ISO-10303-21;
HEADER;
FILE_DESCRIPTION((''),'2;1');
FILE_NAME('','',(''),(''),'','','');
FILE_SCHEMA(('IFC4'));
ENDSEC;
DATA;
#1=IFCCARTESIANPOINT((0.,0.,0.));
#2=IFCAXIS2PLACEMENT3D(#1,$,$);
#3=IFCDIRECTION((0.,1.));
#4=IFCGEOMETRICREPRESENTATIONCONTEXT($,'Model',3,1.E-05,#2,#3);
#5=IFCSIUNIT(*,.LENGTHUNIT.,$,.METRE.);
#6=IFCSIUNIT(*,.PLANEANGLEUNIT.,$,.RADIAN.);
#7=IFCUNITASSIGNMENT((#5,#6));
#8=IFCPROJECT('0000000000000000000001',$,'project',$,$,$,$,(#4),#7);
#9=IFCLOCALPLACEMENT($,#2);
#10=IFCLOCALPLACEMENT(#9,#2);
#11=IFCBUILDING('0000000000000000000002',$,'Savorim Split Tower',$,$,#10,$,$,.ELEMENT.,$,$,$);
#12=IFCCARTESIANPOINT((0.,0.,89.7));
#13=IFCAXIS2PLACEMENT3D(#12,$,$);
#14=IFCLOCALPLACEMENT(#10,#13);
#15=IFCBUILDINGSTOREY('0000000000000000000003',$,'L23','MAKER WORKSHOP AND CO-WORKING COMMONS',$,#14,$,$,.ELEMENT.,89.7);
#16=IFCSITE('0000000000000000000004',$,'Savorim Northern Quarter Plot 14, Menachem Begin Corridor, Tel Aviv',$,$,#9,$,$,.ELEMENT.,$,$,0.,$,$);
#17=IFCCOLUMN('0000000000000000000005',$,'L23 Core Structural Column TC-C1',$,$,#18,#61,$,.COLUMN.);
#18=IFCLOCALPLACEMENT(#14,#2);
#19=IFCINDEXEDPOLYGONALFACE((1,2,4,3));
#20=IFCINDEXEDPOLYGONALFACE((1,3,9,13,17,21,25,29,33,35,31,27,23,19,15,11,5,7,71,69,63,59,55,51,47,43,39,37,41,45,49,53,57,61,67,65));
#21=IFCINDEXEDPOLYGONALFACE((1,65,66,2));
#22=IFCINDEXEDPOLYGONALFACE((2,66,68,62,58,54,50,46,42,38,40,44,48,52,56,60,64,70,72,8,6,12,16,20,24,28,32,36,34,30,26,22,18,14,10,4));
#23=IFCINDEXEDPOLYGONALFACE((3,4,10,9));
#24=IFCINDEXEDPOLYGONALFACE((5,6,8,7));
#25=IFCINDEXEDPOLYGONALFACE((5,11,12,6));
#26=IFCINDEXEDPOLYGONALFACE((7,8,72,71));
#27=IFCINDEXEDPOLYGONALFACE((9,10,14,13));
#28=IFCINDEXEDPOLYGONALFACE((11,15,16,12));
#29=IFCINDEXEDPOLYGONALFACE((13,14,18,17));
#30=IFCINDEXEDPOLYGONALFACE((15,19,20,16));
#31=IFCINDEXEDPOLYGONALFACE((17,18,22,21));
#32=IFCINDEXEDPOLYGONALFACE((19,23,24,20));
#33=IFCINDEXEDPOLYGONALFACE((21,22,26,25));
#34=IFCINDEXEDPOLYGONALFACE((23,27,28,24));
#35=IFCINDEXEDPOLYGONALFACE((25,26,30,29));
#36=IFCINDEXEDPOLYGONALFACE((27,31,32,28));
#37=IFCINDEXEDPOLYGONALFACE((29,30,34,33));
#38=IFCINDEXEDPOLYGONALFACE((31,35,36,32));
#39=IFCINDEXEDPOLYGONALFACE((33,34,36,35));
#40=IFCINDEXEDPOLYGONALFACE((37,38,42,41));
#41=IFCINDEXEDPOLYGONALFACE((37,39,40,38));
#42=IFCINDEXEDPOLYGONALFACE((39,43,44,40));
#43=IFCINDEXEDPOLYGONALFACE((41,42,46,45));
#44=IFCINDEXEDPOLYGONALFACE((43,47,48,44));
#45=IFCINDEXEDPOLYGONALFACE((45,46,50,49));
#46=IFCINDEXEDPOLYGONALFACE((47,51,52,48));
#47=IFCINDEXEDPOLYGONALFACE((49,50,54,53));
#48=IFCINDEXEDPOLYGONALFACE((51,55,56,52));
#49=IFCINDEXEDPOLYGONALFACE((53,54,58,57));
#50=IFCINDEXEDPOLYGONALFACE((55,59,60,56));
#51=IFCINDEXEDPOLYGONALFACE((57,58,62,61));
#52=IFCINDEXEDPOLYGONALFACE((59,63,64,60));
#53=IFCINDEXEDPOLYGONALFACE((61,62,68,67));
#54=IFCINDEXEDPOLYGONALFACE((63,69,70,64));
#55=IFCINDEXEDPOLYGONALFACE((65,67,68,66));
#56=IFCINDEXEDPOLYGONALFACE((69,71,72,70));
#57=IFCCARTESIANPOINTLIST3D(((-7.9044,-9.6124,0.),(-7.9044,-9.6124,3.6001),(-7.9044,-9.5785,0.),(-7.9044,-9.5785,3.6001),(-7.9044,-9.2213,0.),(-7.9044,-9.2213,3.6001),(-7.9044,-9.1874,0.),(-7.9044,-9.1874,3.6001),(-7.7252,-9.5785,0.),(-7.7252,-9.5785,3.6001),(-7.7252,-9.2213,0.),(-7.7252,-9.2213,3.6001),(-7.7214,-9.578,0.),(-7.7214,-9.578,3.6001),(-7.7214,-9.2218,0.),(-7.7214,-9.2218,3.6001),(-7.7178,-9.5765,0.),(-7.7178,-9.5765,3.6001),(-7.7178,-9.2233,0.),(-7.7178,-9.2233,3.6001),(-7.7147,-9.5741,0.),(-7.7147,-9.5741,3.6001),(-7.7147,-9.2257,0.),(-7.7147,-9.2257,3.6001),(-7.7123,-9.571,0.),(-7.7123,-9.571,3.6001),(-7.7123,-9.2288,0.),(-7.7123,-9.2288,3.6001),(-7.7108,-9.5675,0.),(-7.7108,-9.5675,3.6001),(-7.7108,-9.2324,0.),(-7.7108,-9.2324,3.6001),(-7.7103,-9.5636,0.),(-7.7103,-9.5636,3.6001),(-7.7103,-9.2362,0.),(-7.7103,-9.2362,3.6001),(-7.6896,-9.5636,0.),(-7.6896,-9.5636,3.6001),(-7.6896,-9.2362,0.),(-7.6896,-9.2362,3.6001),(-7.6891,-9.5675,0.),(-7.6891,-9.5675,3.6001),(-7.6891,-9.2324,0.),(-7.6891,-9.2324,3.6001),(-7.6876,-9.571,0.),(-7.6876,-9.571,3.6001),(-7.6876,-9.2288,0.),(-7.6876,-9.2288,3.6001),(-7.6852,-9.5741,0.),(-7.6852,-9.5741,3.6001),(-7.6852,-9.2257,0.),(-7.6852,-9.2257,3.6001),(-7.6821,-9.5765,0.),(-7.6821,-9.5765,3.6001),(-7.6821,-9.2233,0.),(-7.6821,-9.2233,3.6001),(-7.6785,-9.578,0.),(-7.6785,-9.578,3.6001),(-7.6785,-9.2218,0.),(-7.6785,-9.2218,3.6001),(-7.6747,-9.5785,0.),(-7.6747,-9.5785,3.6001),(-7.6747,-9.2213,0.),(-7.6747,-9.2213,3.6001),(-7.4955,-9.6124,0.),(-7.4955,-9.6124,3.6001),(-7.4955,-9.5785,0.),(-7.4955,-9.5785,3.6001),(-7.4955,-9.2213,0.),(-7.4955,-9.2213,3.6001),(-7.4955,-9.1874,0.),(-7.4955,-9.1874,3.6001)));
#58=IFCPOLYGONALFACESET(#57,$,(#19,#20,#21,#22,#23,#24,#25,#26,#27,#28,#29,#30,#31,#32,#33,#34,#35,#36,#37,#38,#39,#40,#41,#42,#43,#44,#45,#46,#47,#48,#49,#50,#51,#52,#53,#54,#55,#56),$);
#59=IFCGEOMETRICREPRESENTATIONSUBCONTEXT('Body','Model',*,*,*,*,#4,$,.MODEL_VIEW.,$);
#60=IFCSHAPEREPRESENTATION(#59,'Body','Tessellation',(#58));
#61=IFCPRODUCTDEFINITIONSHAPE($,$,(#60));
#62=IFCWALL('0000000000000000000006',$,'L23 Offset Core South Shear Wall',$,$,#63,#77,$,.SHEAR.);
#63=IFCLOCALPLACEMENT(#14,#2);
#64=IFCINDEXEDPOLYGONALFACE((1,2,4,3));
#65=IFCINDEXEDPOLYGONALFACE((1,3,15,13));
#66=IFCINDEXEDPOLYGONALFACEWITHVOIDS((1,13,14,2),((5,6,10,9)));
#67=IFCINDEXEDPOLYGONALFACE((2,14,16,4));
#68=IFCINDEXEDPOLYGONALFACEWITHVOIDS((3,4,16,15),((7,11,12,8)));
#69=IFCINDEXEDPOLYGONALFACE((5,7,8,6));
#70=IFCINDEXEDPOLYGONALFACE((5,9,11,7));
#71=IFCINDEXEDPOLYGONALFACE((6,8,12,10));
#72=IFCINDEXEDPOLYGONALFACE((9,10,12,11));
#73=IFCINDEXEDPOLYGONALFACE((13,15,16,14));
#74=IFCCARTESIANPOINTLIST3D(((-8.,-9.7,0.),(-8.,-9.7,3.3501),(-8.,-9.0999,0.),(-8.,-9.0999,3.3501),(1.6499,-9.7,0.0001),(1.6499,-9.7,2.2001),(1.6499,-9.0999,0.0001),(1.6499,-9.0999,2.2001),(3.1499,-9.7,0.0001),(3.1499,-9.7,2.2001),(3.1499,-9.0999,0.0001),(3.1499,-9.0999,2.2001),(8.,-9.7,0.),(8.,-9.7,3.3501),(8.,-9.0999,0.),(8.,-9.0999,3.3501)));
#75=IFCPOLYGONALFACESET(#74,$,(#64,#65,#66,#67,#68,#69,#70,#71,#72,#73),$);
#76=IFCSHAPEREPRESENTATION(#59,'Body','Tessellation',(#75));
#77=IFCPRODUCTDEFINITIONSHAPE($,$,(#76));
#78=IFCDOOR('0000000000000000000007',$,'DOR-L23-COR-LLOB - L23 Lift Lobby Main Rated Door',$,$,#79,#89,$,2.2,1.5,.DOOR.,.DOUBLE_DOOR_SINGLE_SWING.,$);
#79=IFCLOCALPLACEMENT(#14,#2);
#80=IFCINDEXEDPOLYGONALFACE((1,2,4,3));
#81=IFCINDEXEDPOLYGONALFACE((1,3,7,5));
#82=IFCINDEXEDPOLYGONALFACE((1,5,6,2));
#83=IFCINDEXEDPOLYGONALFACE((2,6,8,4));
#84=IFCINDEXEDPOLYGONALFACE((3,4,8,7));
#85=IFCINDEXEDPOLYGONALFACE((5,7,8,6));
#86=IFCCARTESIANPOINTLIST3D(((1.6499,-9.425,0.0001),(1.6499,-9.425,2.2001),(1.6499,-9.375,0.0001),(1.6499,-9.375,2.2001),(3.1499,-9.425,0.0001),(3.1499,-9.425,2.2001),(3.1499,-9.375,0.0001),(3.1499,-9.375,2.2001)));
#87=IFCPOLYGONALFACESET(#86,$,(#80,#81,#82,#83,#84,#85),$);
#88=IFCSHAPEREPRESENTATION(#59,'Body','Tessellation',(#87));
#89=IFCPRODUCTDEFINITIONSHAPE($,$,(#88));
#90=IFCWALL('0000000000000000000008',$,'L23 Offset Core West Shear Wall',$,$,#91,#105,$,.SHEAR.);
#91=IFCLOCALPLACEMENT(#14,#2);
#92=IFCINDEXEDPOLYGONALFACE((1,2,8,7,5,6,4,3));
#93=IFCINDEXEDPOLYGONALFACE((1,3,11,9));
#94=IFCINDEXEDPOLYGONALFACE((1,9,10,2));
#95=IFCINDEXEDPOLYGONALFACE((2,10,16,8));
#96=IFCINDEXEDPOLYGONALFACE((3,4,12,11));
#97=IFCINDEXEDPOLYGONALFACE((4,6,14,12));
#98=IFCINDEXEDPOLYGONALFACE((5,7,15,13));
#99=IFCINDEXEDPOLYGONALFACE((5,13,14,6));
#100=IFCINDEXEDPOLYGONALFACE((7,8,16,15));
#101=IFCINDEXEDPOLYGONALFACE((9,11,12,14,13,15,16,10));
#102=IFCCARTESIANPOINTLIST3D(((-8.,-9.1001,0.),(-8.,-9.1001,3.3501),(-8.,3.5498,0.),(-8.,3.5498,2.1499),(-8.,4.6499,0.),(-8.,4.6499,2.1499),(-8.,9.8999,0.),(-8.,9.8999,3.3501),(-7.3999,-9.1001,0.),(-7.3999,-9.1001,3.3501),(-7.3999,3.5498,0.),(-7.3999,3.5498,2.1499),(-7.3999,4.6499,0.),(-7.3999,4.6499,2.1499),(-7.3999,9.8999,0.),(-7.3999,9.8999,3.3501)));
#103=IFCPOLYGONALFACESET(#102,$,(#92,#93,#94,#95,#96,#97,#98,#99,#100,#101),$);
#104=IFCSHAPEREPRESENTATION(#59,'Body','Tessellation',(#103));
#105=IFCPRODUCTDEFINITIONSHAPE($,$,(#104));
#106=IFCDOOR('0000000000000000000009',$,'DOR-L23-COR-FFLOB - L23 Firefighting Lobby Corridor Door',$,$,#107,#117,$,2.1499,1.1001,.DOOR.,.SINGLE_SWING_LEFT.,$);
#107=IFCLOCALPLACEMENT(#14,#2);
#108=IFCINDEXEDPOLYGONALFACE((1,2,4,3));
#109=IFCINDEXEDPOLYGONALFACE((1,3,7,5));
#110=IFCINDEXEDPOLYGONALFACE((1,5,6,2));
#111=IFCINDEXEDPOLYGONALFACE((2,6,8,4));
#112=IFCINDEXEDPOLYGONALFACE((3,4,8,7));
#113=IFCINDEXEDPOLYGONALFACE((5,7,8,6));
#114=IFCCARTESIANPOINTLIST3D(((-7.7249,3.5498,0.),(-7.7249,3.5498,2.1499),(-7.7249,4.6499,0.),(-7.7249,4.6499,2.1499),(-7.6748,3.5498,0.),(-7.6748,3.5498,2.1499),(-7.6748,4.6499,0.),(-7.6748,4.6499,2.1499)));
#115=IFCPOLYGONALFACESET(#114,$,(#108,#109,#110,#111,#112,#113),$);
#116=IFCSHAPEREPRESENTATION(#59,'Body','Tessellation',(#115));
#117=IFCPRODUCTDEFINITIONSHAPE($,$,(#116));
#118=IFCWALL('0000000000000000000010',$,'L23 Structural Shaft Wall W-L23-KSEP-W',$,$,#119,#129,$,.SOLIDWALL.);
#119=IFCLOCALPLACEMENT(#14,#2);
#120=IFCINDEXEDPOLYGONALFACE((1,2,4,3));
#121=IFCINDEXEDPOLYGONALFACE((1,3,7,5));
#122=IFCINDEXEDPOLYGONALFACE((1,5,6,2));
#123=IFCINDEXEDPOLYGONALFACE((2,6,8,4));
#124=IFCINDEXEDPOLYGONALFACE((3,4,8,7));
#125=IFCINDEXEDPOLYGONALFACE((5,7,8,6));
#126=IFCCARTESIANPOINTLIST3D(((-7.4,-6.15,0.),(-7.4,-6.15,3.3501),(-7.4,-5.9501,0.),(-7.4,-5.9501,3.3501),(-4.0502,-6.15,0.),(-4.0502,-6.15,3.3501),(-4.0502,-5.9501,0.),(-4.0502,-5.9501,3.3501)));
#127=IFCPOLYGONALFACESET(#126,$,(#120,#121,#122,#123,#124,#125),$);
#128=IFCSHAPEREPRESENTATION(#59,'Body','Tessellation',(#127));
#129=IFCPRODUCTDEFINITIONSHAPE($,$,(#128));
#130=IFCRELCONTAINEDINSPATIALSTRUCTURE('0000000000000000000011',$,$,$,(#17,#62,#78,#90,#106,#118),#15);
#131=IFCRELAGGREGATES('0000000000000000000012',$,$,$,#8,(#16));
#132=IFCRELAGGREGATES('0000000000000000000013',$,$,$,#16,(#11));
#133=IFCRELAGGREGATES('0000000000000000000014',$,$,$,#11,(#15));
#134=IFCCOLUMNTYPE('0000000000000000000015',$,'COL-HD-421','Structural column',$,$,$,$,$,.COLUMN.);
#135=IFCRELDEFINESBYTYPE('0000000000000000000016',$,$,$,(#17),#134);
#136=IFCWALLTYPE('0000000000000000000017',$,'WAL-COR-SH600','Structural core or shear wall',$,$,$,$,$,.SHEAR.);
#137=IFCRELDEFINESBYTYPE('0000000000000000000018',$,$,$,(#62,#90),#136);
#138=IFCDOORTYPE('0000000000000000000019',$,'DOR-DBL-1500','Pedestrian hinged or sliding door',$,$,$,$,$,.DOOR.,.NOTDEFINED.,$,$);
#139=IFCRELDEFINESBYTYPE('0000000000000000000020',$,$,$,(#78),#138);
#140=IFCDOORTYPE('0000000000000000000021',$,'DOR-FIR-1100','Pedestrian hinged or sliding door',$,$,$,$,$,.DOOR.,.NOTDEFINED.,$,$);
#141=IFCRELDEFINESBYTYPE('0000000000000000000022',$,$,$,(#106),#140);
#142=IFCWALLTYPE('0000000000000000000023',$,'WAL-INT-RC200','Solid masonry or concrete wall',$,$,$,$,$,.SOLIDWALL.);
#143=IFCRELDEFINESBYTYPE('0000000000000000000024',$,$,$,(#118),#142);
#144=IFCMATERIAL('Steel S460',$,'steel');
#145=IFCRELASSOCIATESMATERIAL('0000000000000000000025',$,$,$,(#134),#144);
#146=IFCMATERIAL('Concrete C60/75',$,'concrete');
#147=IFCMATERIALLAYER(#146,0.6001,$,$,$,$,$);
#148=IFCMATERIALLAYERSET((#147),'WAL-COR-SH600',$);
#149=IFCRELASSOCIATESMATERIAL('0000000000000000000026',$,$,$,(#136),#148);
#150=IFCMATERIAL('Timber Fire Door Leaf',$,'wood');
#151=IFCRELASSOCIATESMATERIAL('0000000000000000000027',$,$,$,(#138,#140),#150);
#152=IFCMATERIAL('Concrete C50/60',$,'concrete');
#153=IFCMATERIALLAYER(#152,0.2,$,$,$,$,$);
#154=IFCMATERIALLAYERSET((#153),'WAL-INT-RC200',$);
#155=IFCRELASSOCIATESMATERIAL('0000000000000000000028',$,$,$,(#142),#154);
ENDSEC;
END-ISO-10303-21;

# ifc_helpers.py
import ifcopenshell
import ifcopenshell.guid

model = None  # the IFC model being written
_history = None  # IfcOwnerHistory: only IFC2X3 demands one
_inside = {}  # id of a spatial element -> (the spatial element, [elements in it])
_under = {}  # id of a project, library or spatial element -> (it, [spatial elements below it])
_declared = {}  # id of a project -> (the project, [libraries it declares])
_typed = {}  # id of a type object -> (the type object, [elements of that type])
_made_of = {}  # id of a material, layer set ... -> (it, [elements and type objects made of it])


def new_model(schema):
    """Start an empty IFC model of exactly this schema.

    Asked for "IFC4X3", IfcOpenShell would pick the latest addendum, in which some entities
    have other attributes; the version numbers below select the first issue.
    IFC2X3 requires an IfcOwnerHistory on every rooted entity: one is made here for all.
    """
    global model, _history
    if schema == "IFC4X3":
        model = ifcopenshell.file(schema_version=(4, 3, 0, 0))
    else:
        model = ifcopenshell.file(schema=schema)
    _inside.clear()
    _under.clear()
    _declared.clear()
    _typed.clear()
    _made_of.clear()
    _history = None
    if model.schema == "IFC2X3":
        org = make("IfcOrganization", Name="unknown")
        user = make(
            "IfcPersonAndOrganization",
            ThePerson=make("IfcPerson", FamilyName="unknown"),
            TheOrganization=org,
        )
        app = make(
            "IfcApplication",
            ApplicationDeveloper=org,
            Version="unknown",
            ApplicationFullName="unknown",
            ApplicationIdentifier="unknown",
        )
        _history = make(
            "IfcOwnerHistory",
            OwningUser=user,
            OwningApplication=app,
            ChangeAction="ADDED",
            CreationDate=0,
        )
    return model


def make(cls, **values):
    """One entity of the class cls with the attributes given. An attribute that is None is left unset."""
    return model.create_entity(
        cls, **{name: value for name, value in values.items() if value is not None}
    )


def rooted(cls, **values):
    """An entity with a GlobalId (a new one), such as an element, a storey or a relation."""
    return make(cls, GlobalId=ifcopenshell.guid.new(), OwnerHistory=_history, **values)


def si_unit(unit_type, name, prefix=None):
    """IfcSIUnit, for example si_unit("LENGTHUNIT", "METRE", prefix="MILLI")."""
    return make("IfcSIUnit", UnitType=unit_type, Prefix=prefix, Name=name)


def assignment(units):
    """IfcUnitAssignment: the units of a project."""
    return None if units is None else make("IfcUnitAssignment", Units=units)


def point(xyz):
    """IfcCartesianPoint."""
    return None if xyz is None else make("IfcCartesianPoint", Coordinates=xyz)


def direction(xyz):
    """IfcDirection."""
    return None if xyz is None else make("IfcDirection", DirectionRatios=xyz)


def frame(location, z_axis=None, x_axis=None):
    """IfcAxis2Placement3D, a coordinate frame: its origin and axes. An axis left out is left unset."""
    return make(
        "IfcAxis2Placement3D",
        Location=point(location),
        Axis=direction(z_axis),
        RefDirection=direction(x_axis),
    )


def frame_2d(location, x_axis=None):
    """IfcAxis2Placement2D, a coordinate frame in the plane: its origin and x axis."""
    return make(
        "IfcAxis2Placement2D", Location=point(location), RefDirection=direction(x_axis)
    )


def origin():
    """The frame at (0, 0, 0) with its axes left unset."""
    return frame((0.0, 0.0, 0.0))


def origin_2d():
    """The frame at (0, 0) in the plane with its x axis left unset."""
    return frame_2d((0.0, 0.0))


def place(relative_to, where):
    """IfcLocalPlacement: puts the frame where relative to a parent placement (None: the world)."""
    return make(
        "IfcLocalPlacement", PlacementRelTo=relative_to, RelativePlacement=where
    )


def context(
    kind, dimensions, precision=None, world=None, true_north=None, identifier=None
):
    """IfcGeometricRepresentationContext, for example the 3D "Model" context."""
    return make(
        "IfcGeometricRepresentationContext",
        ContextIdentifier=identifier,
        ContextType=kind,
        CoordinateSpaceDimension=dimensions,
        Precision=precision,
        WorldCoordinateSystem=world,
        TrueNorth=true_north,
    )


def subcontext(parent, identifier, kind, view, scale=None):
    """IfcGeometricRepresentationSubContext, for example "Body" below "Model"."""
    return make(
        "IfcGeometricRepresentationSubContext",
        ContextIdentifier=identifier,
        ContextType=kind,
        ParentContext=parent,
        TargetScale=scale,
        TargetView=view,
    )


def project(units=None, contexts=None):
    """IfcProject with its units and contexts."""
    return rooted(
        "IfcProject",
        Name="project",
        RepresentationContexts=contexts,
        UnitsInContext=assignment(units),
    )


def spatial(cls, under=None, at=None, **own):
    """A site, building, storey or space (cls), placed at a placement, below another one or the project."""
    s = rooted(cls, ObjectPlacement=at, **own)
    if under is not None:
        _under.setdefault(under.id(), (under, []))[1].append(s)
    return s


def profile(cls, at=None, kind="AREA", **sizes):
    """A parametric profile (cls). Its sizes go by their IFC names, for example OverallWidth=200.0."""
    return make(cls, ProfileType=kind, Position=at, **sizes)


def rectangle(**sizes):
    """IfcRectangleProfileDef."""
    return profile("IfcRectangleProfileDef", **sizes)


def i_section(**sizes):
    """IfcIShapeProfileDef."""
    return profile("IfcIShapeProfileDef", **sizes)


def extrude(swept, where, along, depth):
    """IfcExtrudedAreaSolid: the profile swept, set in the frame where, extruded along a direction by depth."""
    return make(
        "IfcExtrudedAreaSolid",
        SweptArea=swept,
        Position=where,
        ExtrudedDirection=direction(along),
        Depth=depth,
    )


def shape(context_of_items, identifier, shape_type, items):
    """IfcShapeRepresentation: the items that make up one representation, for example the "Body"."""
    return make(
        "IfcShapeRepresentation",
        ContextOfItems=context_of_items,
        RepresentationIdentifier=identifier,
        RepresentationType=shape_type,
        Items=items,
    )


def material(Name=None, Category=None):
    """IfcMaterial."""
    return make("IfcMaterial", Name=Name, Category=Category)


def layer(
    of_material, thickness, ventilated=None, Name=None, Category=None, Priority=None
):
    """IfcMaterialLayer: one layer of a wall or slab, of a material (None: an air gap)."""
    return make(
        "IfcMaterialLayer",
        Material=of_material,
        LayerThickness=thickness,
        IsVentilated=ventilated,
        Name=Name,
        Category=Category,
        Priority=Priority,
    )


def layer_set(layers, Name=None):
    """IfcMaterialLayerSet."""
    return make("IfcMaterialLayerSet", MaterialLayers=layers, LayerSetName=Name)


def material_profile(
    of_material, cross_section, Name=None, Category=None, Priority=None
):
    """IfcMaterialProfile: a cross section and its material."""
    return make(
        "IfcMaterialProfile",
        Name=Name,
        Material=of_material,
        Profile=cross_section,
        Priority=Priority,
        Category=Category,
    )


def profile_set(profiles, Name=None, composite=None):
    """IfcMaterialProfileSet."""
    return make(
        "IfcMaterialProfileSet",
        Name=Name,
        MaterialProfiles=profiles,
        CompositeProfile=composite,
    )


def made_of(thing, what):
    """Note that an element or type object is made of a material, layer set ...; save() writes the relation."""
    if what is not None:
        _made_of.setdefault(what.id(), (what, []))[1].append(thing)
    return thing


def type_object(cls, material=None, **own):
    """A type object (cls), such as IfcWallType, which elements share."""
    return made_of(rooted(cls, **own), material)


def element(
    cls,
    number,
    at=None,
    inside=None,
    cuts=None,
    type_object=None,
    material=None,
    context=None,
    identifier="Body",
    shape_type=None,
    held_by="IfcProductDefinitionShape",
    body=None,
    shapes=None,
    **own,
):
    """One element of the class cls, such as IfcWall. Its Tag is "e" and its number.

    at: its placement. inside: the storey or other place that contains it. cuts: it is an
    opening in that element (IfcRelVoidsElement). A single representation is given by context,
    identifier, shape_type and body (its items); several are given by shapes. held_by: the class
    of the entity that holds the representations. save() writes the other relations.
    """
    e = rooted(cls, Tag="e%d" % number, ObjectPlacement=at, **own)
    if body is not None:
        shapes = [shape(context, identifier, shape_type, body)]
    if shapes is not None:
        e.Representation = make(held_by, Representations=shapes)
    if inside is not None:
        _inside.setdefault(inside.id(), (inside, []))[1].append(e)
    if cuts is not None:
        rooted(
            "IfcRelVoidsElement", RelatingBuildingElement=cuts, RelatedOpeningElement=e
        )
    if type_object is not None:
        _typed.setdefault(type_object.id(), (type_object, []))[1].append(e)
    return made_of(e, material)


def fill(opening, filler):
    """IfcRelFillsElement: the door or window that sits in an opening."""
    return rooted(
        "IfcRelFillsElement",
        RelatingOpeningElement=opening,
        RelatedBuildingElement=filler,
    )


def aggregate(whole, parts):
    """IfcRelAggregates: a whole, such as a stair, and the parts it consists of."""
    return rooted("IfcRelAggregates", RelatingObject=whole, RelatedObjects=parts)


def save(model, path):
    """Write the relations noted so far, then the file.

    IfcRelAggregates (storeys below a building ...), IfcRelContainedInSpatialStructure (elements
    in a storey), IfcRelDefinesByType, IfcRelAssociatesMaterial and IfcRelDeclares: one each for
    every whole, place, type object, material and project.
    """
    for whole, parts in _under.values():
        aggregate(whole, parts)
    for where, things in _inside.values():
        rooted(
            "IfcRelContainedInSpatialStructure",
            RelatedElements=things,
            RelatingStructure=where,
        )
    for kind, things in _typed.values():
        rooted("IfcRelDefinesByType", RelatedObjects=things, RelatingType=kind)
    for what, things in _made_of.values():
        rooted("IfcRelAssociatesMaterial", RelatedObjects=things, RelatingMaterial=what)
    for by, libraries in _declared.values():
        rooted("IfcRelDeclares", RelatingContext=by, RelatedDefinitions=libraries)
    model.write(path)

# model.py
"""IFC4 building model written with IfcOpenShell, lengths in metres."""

from ifc_helpers import new_model, si_unit, direction, frame, frame_2d, origin, origin_2d, place, context, subcontext, project, spatial, rectangle, i_section, extrude, material, layer, layer_set, material_profile, profile_set, type_object, element, fill, save


model = new_model("IFC4")

# Units and contexts
model_context = context("Model", 3, precision=1e-05, world=origin(), true_north=direction((0.0, 1.0)))
body_context = subcontext(model_context, "Body", "Model", "MODEL_VIEW")
ifc_project = project(units=[si_unit("LENGTHUNIT", "METRE"), si_unit("PLANEANGLEUNIT", "RADIAN")], contexts=[model_context])

# Site, building, storey
site_placement = place(None, origin())
site = spatial("IfcSite", under=ifc_project, at=site_placement, Name="Savorim Northern Quarter Plot 14, Menachem Begin Corridor, Tel Aviv", CompositionType="ELEMENT", RefElevation=0.0)
building_placement = place(site_placement, origin())
building = spatial("IfcBuilding", under=site, at=building_placement, Name="Savorim Split Tower", CompositionType="ELEMENT")
storey_placement = place(building_placement, frame((0.0, 0.0, 89.7)))
storey = spatial("IfcBuildingStorey", under=building, at=storey_placement, Name="L23", Description="MAKER WORKSHOP AND CO-WORKING COMMONS", CompositionType="ELEMENT", Elevation=89.7)

# Column
ifc_material_1 = material(Name="Steel S460", Category="steel")
ifc_material_profile = material_profile(ifc_material_1, i_section(OverallWidth=0.4089, OverallDepth=0.425, WebThickness=0.0208, FlangeThickness=0.0339, FilletRadius=0.0149, at=origin_2d()), Name="HD 400x421")
ifc_profile_set = profile_set([ifc_material_profile], Name="Steel S460")
column_type = type_object("IfcColumnType", Name="COL-HD-421", Description="Structural column", PredefinedType="COLUMN", material=ifc_profile_set)
column_placement = place(storey_placement, frame((-7.7, -9.3999, 0.0), z_axis=(0.0, 0.0, 1.0), x_axis=(1.0, 0.0, 0.0)))
element("IfcColumn", 1, at=column_placement, inside=storey, type_object=column_type, Name="L23 Core Structural Column TC-C1", PredefinedType="COLUMN", context=body_context, shape_type="SweptSolid", body=[
    extrude(i_section(OverallWidth=0.4089, OverallDepth=0.425, WebThickness=0.0208, FlangeThickness=0.0339, FilletRadius=0.0149, at=origin_2d()), origin(), (0.0, 0.0, 1.0), 3.6001),
])

# Walls, openings, doors
ifc_material_2 = material(Name="Concrete C60/75", Category="concrete")
ifc_layer_1 = layer(ifc_material_2, 0.6001)
ifc_layer_set_1 = layer_set([ifc_layer_1], Name="WAL-COR-SH600")
wall_type_1 = type_object("IfcWallType", Name="WAL-COR-SH600", Description="Structural core or shear wall", PredefinedType="SHEAR", material=ifc_layer_set_1)
wall_1_placement = place(storey_placement, frame((-8.0, -9.3999, 0.0), z_axis=(0.0, 0.0, 1.0), x_axis=(1.0, 0.0, 0.0)))
wall_1 = element("IfcWall", 2, at=wall_1_placement, inside=storey, type_object=wall_type_1, Name="L23 Offset Core South Shear Wall", PredefinedType="SHEAR", context=body_context, shape_type="SweptSolid", body=[
    extrude(rectangle(XDim=16.0, YDim=0.6001, at=frame_2d((8.0, 0.0))), origin(), (0.0, 0.0, 1.0), 3.3501),
])
opening_1_placement = place(wall_1_placement, frame((9.6499, 0.0, 0.0)))
opening_1 = element("IfcOpeningElement", 3, at=opening_1_placement, cuts=wall_1, PredefinedType="OPENING", context=body_context, shape_type="SweptSolid", body=[
    extrude(rectangle(XDim=1.5, YDim=2.2, at=frame_2d((0.75, 1.1001))), frame((0.0, 0.3101, 0.0), z_axis=(0.0, -1.0, 0.0), x_axis=(1.0, 0.0, 0.0)), (0.0, 0.0, 1.0), 0.6201),
])
ifc_material_3 = material(Name="Timber Fire Door Leaf", Category="wood")
door_type_1 = type_object("IfcDoorType", Name="DOR-DBL-1500", Description="Pedestrian hinged or sliding door", OperationType="NOTDEFINED", PredefinedType="DOOR", material=ifc_material_3)
door_1_placement = place(opening_1_placement, origin())
door_1 = element("IfcDoor", 4, at=door_1_placement, inside=storey, type_object=door_type_1, Name="DOR-L23-COR-LLOB - L23 Lift Lobby Main Rated Door", OperationType="DOUBLE_DOOR_SINGLE_SWING", OverallHeight=2.2, OverallWidth=1.5, PredefinedType="DOOR", context=body_context, shape_type="SweptSolid", body=[
    extrude(rectangle(XDim=1.5, YDim=2.2, at=frame_2d((0.75, 1.1001))), frame((0.0, 0.0249, 0.0), z_axis=(0.0, -1.0, 0.0), x_axis=(1.0, 0.0, 0.0)), (0.0, 0.0, 1.0), 0.05),
])
fill(opening_1, door_1)
wall_2_placement = place(storey_placement, frame((-7.7, -9.1001, 0.0), z_axis=(0.0, 0.0, 1.0), x_axis=(0.0, 1.0, 0.0)))
wall_2 = element("IfcWall", 5, at=wall_2_placement, inside=storey, type_object=wall_type_1, Name="L23 Offset Core West Shear Wall", PredefinedType="SHEAR", context=body_context, shape_type="SweptSolid", body=[
    extrude(rectangle(XDim=19.0, YDim=0.6001, at=frame_2d((9.5, 0.0))), origin(), (0.0, 0.0, 1.0), 3.3501),
])
opening_2_placement = place(wall_2_placement, frame((12.6499, 0.0, 0.0)))
opening_2 = element("IfcOpeningElement", 6, at=opening_2_placement, cuts=wall_2, PredefinedType="OPENING", context=body_context, shape_type="SweptSolid", body=[
    extrude(rectangle(XDim=1.1001, YDim=2.1499, at=frame_2d((0.55, 1.075))), frame((0.0, 0.3101, 0.0), z_axis=(0.0, -1.0, 0.0), x_axis=(1.0, 0.0, 0.0)), (0.0, 0.0, 1.0), 0.6201),
])
door_type_2 = type_object("IfcDoorType", Name="DOR-FIR-1100", Description="Pedestrian hinged or sliding door", OperationType="NOTDEFINED", PredefinedType="DOOR", material=ifc_material_3)
door_2_placement = place(opening_2_placement, origin())
door_2 = element("IfcDoor", 7, at=door_2_placement, inside=storey, type_object=door_type_2, Name="DOR-L23-COR-FFLOB - L23 Firefighting Lobby Corridor Door", OperationType="SINGLE_SWING_LEFT", OverallHeight=2.1499, OverallWidth=1.1001, PredefinedType="DOOR", context=body_context, shape_type="SweptSolid", body=[
    extrude(rectangle(XDim=1.1001, YDim=2.1499, at=frame_2d((0.55, 1.075))), frame((0.0, 0.0249, 0.0), z_axis=(0.0, -1.0, 0.0), x_axis=(1.0, 0.0, 0.0)), (0.0, 0.0, 1.0), 0.05),
])
fill(opening_2, door_2)

# Wall
ifc_material_4 = material(Name="Concrete C50/60", Category="concrete")
ifc_layer_2 = layer(ifc_material_4, 0.2)
ifc_layer_set_2 = layer_set([ifc_layer_2], Name="WAL-INT-RC200")
wall_type_2 = type_object("IfcWallType", Name="WAL-INT-RC200", Description="Solid masonry or concrete wall", PredefinedType="SOLIDWALL", material=ifc_layer_set_2)
wall_3_placement = place(storey_placement, frame((-7.3999, -6.05, 0.0), z_axis=(0.0, 0.0, 1.0), x_axis=(1.0, 0.0, 0.0)))
element("IfcWall", 8, at=wall_3_placement, inside=storey, type_object=wall_type_2, Name="L23 Structural Shaft Wall W-L23-KSEP-W", PredefinedType="SOLIDWALL", context=body_context, shape_type="SweptSolid", body=[
    extrude(rectangle(XDim=3.3499, YDim=0.2, at=frame_2d((1.6748, 0.0))), origin(), (0.0, 0.0, 1.0), 3.3501),
])

save(model, "model.ifc")
